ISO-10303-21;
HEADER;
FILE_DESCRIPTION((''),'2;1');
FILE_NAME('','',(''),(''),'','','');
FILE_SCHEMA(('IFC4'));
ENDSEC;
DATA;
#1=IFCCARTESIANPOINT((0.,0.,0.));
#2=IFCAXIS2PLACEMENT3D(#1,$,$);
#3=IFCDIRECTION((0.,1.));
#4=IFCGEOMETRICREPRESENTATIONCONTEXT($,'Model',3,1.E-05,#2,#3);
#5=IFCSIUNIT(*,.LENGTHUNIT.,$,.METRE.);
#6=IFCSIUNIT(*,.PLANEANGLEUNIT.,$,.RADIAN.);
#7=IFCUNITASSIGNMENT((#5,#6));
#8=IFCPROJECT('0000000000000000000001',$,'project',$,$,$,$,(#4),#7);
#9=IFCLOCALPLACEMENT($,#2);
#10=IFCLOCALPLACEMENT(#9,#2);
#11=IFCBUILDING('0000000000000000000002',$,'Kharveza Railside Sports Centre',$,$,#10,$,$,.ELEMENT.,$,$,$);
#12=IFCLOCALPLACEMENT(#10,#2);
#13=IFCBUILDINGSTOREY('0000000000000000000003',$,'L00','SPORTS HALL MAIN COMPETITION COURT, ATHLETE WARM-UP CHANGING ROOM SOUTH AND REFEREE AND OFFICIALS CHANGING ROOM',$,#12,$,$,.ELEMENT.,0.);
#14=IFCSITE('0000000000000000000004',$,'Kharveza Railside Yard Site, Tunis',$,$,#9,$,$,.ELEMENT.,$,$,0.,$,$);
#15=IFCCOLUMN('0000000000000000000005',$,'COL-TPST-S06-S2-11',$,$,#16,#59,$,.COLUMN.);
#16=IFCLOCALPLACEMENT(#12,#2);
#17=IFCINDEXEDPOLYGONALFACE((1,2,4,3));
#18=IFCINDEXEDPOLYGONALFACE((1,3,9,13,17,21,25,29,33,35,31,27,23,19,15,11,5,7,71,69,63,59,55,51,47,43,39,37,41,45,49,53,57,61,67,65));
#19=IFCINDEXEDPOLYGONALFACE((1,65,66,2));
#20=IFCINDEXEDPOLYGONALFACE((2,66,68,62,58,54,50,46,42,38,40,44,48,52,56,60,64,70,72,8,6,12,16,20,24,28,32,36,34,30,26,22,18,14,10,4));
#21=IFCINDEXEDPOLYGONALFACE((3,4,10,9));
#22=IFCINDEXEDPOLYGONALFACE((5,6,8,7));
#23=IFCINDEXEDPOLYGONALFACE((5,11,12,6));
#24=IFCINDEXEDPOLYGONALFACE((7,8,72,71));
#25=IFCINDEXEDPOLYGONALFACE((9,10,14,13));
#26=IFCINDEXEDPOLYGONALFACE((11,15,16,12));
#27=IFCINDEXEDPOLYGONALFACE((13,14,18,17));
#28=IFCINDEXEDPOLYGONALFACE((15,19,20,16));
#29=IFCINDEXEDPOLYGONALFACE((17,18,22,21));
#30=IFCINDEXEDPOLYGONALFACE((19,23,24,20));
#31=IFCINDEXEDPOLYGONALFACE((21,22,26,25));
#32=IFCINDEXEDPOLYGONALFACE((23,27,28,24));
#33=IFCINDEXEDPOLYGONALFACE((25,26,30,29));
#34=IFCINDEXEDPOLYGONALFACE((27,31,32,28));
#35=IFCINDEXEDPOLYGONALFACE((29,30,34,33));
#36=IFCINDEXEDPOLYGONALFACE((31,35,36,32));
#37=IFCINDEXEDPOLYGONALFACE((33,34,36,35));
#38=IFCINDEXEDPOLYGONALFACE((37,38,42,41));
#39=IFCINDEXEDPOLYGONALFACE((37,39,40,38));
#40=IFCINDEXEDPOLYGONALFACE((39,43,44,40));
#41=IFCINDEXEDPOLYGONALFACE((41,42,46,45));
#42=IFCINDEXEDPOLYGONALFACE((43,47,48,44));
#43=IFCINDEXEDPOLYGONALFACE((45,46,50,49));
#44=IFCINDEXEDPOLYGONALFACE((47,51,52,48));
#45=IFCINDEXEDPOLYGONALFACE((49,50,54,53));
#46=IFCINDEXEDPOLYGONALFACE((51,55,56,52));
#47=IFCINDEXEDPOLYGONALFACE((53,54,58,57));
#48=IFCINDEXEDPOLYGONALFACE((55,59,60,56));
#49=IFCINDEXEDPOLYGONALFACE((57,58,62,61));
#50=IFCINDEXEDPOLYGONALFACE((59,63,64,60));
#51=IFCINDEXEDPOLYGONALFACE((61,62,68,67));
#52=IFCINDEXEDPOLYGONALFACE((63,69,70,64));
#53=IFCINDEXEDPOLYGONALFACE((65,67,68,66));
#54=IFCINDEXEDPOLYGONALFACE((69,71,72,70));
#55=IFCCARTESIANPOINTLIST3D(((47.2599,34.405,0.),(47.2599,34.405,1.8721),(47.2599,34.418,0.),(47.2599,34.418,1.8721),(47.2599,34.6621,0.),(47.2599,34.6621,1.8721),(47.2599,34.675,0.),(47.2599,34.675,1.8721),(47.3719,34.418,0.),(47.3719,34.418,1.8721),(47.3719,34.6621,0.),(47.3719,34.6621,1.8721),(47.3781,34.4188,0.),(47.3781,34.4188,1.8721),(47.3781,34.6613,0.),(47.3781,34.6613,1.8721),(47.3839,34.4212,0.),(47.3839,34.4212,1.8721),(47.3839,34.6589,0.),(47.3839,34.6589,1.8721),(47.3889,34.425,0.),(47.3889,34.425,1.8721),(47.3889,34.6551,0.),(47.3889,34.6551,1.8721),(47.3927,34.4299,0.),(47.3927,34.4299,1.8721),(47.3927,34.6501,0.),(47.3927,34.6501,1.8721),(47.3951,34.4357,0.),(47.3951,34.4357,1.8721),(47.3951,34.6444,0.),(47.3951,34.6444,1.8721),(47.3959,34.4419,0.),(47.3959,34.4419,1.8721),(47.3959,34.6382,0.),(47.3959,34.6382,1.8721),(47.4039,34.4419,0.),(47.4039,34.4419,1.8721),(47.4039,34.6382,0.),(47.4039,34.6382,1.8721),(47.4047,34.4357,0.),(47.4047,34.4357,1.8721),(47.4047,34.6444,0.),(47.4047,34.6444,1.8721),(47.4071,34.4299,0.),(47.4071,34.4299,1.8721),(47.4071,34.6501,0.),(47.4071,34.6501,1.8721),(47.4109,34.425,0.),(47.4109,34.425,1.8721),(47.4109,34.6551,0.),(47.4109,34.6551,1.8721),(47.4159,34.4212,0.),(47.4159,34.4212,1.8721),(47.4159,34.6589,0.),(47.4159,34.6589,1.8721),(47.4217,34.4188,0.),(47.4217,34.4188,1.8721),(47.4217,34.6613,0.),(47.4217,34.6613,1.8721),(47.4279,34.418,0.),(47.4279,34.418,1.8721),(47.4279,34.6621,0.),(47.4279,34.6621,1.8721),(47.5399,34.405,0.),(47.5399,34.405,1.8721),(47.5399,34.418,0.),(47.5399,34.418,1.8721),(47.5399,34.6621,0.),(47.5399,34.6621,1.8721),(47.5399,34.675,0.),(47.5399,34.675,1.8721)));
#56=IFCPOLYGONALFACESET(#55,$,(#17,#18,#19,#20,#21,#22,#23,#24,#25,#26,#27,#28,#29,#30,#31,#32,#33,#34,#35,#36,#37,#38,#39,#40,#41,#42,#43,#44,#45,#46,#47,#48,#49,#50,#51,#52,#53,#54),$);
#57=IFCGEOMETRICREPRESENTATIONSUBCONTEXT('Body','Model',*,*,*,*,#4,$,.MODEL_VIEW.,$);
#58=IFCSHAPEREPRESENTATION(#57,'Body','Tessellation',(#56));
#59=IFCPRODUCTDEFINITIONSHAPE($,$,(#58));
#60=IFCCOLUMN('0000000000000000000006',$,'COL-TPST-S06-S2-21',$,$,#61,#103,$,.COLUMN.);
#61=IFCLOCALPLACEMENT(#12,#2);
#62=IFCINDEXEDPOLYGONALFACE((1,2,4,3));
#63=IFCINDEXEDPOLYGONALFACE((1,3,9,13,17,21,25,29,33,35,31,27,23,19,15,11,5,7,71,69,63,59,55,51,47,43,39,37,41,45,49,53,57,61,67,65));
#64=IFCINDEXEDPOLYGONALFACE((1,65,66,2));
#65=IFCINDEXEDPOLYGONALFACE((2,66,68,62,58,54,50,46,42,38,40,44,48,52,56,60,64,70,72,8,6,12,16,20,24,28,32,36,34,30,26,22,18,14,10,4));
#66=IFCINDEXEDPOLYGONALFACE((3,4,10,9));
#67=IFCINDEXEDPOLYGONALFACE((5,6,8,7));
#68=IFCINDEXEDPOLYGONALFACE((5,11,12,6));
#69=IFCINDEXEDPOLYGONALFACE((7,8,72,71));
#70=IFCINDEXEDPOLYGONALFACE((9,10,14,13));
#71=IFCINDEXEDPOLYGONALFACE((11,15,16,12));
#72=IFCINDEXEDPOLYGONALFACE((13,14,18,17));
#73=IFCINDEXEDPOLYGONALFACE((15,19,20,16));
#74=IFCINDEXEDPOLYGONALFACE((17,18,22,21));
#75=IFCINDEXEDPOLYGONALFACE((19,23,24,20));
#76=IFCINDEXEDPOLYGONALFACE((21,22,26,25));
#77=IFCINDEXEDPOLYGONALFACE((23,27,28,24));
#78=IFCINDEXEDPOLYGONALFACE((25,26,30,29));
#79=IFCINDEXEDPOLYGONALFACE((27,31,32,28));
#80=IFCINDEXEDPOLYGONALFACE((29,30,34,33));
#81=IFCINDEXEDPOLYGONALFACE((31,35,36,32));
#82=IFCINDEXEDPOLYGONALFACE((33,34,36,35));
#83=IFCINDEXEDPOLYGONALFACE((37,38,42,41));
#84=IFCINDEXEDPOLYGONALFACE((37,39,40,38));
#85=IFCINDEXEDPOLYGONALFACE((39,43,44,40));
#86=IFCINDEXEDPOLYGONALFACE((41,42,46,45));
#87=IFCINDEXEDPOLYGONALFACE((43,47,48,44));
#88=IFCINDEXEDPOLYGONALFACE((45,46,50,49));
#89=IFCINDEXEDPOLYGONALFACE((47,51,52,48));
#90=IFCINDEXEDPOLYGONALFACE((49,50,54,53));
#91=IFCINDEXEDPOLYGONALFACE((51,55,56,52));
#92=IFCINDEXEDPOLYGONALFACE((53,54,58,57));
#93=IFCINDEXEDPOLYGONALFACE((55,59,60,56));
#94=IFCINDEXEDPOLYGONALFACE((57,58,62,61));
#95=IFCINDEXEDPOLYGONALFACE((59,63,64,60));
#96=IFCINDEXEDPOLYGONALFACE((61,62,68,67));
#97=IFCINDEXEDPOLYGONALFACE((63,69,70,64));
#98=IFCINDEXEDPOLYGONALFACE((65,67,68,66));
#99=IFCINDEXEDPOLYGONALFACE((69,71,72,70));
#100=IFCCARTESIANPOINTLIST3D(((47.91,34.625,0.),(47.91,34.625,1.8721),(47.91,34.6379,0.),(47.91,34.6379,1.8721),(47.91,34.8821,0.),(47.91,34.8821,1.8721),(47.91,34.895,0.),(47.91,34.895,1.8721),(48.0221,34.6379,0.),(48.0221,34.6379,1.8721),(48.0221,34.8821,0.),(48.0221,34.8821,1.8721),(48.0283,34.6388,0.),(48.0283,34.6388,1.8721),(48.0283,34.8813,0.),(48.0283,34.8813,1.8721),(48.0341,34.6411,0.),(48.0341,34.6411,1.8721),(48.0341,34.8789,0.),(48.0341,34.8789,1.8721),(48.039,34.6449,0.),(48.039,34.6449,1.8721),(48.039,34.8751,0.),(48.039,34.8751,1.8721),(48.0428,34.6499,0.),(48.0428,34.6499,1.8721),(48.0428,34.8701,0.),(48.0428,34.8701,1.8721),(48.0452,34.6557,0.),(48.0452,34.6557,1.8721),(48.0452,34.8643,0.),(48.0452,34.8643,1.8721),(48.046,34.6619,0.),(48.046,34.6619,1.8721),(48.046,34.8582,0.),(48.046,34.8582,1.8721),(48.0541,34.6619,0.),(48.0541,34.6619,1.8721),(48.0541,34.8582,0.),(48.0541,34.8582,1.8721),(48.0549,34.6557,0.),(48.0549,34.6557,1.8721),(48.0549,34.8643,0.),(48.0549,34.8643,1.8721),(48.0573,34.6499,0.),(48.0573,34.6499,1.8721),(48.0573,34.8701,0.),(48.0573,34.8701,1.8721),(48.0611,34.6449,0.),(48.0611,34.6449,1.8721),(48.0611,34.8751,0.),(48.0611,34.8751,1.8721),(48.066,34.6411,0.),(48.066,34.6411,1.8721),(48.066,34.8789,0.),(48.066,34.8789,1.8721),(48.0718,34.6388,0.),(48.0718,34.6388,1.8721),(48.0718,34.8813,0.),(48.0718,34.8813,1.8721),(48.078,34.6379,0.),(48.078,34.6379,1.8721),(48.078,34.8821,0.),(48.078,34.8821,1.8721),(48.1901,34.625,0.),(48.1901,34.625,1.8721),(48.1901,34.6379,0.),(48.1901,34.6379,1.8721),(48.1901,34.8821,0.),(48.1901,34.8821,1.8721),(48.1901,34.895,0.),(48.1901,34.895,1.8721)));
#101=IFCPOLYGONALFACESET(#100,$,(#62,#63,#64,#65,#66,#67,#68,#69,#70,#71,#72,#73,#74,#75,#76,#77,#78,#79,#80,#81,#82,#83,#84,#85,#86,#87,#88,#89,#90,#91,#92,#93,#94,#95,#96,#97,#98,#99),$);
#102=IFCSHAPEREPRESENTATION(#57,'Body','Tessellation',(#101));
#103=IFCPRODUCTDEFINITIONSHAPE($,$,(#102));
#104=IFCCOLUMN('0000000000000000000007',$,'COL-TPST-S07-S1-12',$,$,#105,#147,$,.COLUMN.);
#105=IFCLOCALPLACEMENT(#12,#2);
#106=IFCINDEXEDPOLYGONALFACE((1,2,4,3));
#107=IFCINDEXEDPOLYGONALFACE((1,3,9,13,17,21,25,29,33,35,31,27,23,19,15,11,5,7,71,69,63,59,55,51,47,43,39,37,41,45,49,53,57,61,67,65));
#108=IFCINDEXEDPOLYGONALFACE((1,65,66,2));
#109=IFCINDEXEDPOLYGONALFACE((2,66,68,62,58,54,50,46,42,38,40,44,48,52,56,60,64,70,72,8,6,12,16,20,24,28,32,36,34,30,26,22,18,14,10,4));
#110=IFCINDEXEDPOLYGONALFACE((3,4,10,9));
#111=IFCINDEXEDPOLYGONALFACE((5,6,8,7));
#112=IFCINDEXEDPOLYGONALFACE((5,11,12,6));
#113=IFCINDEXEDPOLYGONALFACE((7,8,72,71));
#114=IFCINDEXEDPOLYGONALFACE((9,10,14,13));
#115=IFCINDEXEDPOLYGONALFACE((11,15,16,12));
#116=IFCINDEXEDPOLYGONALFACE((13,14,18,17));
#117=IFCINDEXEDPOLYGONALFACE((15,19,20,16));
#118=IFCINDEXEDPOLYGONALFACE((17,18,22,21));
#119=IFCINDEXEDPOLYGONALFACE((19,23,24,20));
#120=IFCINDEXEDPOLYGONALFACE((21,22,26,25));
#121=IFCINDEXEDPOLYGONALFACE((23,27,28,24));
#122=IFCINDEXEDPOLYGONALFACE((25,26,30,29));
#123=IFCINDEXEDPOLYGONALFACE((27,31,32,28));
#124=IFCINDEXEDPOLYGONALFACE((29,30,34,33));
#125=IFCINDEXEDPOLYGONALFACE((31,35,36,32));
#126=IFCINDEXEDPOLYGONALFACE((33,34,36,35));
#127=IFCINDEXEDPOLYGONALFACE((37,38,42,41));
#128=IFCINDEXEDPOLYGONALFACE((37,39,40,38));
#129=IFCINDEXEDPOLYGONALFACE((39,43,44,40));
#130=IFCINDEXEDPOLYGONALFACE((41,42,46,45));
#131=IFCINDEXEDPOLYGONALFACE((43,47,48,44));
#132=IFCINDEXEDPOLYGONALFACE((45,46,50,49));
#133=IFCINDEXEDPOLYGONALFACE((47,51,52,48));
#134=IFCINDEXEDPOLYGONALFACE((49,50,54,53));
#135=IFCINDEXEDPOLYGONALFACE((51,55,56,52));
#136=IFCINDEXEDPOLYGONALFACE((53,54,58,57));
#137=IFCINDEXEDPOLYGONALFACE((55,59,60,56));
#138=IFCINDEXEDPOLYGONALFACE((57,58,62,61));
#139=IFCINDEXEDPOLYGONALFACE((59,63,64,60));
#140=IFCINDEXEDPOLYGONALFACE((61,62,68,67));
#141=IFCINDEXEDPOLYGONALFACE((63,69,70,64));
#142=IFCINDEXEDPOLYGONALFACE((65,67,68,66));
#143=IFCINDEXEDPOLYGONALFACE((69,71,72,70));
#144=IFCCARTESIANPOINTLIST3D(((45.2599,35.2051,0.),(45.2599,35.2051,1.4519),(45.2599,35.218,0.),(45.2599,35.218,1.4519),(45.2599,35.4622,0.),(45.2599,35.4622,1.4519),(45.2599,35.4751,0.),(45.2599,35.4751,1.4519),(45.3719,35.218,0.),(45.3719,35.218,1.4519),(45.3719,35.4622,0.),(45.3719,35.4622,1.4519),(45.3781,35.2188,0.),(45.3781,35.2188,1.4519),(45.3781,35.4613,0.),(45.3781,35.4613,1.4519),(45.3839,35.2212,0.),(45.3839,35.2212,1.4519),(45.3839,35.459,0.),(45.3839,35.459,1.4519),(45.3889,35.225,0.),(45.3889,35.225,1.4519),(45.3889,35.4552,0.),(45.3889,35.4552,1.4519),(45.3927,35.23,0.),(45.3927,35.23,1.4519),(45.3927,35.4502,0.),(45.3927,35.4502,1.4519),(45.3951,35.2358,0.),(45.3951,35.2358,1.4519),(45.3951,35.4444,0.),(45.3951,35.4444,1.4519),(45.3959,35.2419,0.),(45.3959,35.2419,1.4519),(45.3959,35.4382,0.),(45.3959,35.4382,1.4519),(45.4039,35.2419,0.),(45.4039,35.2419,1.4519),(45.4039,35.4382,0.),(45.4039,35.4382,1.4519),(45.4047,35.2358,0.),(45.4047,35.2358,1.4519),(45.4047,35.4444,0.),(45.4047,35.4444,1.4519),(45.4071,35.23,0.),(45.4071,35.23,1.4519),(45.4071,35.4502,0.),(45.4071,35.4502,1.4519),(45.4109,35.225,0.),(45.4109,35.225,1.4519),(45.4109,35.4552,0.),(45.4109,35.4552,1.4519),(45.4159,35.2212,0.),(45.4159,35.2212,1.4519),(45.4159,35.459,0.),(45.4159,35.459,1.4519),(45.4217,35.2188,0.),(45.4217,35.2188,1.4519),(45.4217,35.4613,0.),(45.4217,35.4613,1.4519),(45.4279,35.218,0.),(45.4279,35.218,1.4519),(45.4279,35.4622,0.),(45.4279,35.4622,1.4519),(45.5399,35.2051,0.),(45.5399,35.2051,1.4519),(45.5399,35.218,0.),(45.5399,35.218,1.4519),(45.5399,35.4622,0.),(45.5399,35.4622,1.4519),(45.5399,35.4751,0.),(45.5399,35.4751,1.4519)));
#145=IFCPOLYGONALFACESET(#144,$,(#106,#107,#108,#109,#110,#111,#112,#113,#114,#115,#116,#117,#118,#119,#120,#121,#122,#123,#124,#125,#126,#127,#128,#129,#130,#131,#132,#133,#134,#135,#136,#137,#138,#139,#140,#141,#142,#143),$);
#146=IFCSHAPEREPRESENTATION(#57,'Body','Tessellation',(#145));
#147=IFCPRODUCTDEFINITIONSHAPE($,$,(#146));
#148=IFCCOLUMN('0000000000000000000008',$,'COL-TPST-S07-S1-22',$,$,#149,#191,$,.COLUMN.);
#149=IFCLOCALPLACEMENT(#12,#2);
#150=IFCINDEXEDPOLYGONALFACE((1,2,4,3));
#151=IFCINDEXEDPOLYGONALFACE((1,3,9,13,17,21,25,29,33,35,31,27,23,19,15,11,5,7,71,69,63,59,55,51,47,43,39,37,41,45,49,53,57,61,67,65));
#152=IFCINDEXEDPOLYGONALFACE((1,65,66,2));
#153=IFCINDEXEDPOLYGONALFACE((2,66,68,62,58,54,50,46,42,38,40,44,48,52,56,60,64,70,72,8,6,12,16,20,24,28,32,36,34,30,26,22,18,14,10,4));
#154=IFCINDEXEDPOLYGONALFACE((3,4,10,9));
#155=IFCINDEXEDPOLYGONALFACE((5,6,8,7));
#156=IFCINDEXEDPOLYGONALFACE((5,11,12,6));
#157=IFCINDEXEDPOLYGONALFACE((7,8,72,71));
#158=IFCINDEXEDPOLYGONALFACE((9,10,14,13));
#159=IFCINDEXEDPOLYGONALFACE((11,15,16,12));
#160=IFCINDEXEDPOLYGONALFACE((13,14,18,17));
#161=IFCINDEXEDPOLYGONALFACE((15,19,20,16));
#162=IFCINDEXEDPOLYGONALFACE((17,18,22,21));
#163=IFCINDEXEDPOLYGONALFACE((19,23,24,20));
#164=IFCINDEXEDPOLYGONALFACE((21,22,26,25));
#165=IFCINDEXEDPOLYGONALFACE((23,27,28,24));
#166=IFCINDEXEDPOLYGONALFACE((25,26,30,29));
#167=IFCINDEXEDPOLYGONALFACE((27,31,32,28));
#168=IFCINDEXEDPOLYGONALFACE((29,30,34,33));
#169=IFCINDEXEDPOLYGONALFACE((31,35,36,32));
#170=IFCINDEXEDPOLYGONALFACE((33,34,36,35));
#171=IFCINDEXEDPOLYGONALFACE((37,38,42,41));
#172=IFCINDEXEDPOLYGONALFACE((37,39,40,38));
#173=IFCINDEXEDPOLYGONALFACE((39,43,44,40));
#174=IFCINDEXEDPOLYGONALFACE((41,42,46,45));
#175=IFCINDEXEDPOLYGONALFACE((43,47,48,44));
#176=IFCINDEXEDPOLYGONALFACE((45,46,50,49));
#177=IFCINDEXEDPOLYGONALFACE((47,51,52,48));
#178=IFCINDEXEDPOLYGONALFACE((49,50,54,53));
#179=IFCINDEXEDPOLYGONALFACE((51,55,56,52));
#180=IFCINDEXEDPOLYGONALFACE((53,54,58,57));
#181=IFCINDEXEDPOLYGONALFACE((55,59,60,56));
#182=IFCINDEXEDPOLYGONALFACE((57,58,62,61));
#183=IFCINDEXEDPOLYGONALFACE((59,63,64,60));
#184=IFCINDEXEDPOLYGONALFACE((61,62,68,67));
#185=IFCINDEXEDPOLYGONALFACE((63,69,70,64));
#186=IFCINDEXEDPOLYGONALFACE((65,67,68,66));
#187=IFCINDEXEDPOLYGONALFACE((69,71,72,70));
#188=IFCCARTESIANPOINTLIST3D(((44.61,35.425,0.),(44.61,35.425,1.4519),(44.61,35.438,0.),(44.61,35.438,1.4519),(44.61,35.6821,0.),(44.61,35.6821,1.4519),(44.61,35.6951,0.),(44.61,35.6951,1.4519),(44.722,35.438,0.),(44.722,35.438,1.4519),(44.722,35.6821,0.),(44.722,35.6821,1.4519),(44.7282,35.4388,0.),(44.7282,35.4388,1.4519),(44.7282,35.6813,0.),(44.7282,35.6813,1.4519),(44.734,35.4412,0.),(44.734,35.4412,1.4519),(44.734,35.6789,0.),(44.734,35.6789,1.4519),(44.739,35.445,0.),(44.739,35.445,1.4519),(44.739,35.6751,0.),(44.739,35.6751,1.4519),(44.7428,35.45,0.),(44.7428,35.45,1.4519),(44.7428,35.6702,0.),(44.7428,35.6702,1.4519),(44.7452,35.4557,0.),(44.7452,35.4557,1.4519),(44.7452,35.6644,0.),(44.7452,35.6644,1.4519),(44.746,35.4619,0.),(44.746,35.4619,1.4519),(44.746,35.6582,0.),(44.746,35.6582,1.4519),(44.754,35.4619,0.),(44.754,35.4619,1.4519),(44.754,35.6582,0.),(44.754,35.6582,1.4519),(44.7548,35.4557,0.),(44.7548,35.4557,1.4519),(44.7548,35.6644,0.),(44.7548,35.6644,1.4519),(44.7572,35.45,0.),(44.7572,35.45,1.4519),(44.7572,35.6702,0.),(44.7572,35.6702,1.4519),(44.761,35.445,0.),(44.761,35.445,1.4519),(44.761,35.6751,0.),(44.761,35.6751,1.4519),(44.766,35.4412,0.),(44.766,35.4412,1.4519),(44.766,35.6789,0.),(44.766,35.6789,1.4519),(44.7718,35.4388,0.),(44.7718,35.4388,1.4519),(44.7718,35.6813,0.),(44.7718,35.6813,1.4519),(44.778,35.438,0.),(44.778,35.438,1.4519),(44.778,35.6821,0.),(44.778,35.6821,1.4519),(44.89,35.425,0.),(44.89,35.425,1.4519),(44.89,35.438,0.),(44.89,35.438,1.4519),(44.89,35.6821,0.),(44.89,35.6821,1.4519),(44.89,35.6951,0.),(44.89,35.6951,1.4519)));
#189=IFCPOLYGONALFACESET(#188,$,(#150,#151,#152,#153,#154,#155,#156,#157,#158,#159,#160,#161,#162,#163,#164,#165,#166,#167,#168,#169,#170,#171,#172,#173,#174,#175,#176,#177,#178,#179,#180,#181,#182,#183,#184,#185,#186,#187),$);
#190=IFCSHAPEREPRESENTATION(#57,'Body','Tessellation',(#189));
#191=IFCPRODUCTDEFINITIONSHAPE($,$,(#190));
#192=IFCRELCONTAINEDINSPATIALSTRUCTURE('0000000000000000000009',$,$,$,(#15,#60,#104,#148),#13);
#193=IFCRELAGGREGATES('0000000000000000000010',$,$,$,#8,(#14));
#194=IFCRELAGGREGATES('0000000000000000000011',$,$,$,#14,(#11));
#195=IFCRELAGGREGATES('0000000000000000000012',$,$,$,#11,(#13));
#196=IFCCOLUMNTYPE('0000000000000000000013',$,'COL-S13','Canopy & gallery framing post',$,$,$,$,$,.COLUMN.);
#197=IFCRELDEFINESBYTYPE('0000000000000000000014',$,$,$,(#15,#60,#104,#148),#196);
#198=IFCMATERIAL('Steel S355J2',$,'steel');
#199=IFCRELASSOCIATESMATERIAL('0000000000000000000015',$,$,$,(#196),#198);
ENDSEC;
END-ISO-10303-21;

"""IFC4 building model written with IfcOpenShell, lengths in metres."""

from ifc_helpers import new_model, si_unit, direction, frame, origin, origin_2d, place, context, subcontext, project, spatial, i_section, extrude, material, material_profile, profile_set, type_object, element, save


model = new_model("IFC4")

# Units and contexts
model_context = context("Model", 3, precision=1e-05, world=origin(), true_north=direction((0.0, 1.0)))
body_context = subcontext(model_context, "Body", "Model", "MODEL_VIEW")
ifc_project = project(units=[si_unit("LENGTHUNIT", "METRE"), si_unit("PLANEANGLEUNIT", "RADIAN")], contexts=[model_context])

# Site, building, storey
site_placement = place(None, origin())
site = spatial("IfcSite", under=ifc_project, at=site_placement, Name="Kharveza Railside Yard Site, Tunis", CompositionType="ELEMENT", RefElevation=0.0)
building_placement = place(site_placement, origin())
building = spatial("IfcBuilding", under=site, at=building_placement, Name="Kharveza Railside Sports Centre", CompositionType="ELEMENT")
storey_placement = place(building_placement, origin())
storey = spatial("IfcBuildingStorey", under=building, at=storey_placement, Name="L00", Description="SPORTS HALL MAIN COMPETITION COURT, ATHLETE WARM-UP CHANGING ROOM SOUTH AND REFEREE AND OFFICIALS CHANGING ROOM", CompositionType="ELEMENT", Elevation=0.0)

# Columns
ifc_material_1 = material(Name="Steel S355J2", Category="steel")
ifc_material_profile_1 = material_profile(ifc_material_1, i_section(OverallWidth=0.28, OverallDepth=0.27, WebThickness=0.0081, FlangeThickness=0.0129, FilletRadius=0.0239, at=origin_2d()), Name="HEA 280")
ifc_profile_set_1 = profile_set([ifc_material_profile_1], Name="Steel S355J2")
column_type = type_object("IfcColumnType", Name="COL-S13", Description="Canopy & gallery framing post", PredefinedType="COLUMN", material=ifc_profile_set_1)
for number, where, z_axis, x_axis, name in (
    (1, (47.3999, 34.54, 0.0), (0.0, 0.0, 1.0), (1.0, 0.0, 0.0), "COL-TPST-S06-S2-11"),
    (2, (48.05, 34.76, 0.0), (0.0, 0.0, 1.0), (1.0, 0.0, 0.0), "COL-TPST-S06-S2-21"),
):
    element("IfcColumn", number, at=place(storey_placement, frame(where, z_axis=z_axis, x_axis=x_axis)), inside=storey, type_object=column_type, Name=name, PredefinedType="COLUMN", context=body_context, shape_type="SweptSolid", body=[
        extrude(i_section(OverallWidth=0.28, OverallDepth=0.27, WebThickness=0.0081, FlangeThickness=0.0129, FilletRadius=0.0239, at=origin_2d()), origin(), (0.0, 0.0, 1.0), 1.8721),
    ])
for number, where, z_axis, x_axis, name in (
    (3, (45.3999, 35.3401, 0.0), (0.0, 0.0, 1.0), (1.0, 0.0, 0.0), "COL-TPST-S07-S1-12"),
    (4, (44.75, 35.5601, 0.0), (0.0, 0.0, 1.0), (1.0, 0.0, 0.0), "COL-TPST-S07-S1-22"),
):
    element("IfcColumn", number, at=place(storey_placement, frame(where, z_axis=z_axis, x_axis=x_axis)), inside=storey, type_object=column_type, Name=name, PredefinedType="COLUMN", context=body_context, shape_type="SweptSolid", body=[
        extrude(i_section(OverallWidth=0.28, OverallDepth=0.27, WebThickness=0.0081, FlangeThickness=0.0129, FilletRadius=0.0239, at=origin_2d()), origin(), (0.0, 0.0, 1.0), 1.4519),
    ])

save(model, "model.ifc")
